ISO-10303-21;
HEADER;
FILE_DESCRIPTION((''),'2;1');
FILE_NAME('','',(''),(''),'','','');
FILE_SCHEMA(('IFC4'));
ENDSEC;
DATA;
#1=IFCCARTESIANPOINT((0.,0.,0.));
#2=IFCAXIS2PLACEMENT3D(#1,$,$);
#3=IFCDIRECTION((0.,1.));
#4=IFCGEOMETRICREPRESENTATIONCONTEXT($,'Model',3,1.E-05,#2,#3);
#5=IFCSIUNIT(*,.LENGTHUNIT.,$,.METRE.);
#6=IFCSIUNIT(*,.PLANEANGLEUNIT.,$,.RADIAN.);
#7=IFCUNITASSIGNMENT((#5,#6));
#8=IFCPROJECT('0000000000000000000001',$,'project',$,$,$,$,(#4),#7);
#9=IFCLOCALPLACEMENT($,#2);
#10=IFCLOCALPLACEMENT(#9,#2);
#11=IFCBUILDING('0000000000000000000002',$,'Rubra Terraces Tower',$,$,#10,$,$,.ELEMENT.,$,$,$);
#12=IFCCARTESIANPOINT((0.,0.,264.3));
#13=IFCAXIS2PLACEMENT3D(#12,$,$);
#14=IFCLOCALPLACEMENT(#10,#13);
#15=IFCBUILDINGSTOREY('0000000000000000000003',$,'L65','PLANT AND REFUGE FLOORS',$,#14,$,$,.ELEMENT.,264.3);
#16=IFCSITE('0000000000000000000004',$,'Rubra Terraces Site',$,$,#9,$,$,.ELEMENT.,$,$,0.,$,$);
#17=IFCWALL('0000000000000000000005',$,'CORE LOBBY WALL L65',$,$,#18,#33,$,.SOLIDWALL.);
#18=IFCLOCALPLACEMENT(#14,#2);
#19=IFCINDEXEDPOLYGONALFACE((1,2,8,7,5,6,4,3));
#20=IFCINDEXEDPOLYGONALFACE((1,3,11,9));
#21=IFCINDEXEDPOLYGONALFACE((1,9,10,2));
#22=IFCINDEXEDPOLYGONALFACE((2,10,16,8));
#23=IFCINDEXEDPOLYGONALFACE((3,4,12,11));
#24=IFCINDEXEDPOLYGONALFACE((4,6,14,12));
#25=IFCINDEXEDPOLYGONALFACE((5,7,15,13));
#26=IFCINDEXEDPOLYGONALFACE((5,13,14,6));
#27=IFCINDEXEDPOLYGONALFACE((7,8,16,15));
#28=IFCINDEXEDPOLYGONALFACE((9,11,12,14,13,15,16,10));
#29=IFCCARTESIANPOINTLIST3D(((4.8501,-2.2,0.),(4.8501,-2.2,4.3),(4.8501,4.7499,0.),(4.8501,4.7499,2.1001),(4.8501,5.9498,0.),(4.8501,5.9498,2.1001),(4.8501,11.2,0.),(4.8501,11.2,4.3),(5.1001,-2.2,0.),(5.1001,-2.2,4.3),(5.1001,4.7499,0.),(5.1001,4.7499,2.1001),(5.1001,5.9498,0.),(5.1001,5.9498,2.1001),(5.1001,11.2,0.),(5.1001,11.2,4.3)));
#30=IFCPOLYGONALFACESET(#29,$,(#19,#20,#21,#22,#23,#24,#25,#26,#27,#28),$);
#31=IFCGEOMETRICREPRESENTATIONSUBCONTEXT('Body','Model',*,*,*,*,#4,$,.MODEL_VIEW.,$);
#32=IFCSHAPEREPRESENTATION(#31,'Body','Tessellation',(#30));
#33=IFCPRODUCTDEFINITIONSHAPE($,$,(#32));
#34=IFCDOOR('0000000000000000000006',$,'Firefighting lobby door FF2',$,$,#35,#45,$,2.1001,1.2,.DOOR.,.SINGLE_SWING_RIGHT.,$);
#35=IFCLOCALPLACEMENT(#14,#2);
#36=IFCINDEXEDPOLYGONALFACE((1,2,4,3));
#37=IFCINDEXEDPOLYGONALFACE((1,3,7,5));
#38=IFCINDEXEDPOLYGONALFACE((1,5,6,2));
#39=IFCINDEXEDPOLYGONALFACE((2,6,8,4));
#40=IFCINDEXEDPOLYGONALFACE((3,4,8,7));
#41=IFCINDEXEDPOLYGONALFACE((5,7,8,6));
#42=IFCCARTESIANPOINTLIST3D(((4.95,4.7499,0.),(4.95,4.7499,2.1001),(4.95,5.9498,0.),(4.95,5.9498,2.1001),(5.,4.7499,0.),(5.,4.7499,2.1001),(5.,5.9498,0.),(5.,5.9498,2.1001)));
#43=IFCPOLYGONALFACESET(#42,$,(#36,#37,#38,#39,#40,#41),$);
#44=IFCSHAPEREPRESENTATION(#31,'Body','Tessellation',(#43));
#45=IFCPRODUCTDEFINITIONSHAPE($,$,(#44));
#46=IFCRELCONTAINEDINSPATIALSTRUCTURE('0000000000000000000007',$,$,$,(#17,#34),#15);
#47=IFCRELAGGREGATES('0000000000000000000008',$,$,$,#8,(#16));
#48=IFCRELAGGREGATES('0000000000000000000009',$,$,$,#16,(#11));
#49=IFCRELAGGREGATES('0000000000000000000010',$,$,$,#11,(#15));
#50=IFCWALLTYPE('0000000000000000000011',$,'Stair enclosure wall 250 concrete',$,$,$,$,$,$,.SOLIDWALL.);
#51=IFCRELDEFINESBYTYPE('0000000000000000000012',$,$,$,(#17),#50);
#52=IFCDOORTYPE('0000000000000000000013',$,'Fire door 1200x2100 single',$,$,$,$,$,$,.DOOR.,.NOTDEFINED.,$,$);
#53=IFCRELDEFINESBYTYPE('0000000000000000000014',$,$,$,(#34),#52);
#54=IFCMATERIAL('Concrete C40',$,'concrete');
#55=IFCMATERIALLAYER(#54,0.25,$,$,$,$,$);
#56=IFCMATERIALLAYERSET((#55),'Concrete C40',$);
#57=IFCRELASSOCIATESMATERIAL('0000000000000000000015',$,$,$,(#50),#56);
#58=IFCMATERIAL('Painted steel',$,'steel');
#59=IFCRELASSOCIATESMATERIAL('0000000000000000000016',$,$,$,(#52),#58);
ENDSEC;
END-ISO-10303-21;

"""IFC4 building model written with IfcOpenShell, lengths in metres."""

from ifc_helpers import new_model, si_unit, direction, frame, frame_2d, origin, place, context, subcontext, project, spatial, rectangle, extrude, material, layer, layer_set, type_object, element, fill, save


model = new_model("IFC4")

# Units and contexts
model_context = context("Model", 3, precision=1e-05, world=origin(), true_north=direction((0.0, 1.0)))
body_context = subcontext(model_context, "Body", "Model", "MODEL_VIEW")
ifc_project = project(units=[si_unit("LENGTHUNIT", "METRE"), si_unit("PLANEANGLEUNIT", "RADIAN")], contexts=[model_context])

# Site, building, storey
site_placement = place(None, origin())
site = spatial("IfcSite", under=ifc_project, at=site_placement, Name="Rubra Terraces Site", CompositionType="ELEMENT", RefElevation=0.0)
building_placement = place(site_placement, origin())
building = spatial("IfcBuilding", under=site, at=building_placement, Name="Rubra Terraces Tower", CompositionType="ELEMENT")
storey_placement = place(building_placement, frame((0.0, 0.0, 264.3)))
storey = spatial("IfcBuildingStorey", under=building, at=storey_placement, Name="L65", Description="PLANT AND REFUGE FLOORS", CompositionType="ELEMENT", Elevation=264.3)

# Wall, opening, door
ifc_material_1 = material(Name="Concrete C40", Category="concrete")
ifc_layer_1 = layer(ifc_material_1, 0.25)
ifc_layer_set_1 = layer_set([ifc_layer_1], Name="Concrete C40")
wall_type_1 = type_object("IfcWallType", Name="Stair enclosure wall 250 concrete", PredefinedType="SOLIDWALL", material=ifc_layer_set_1)
wall_1_placement = place(storey_placement, frame((4.9751, 11.2, 0.0), z_axis=(0.0, 0.0, 1.0), x_axis=(0.0, -1.0, 0.0)))
wall_1 = element("IfcWall", 1, at=wall_1_placement, inside=storey, type_object=wall_type_1, Name="CORE LOBBY WALL L65", PredefinedType="SOLIDWALL", context=body_context, shape_type="SweptSolid", body=[
    extrude(rectangle(XDim=13.3999, YDim=0.25, at=frame_2d((6.7, 0.0))), origin(), (0.0, 0.0, 1.0), 4.3),
])
opening_1_placement = place(wall_1_placement, frame((5.25, 0.0, 0.0)))
opening_1 = element("IfcOpeningElement", 2, at=opening_1_placement, cuts=wall_1, PredefinedType="OPENING", context=body_context, shape_type="SweptSolid", body=[
    extrude(rectangle(XDim=1.2, YDim=2.1001, at=frame_2d((0.6001, 1.05))), frame((0.0, 0.135, 0.0), z_axis=(0.0, -1.0, 0.0), x_axis=(1.0, 0.0, 0.0)), (0.0, 0.0, 1.0), 0.27),
])
ifc_material_2 = material(Name="Painted steel", Category="steel")
door_type = type_object("IfcDoorType", Name="Fire door 1200x2100 single", OperationType="NOTDEFINED", PredefinedType="DOOR", material=ifc_material_2)
door_placement = place(opening_1_placement, origin())
door = element("IfcDoor", 3, at=door_placement, inside=storey, type_object=door_type, Name="Firefighting lobby door FF2", OperationType="SINGLE_SWING_RIGHT", OverallHeight=2.1001, OverallWidth=1.2, PredefinedType="DOOR", context=body_context, shape_type="SweptSolid", body=[
    extrude(rectangle(XDim=1.2, YDim=2.1001, at=frame_2d((0.6001, 1.05))), frame((0.0, 0.0249, 0.0), z_axis=(0.0, -1.0, 0.0), x_axis=(1.0, 0.0, 0.0)), (0.0, 0.0, 1.0), 0.05),
])
fill(opening_1, door)

save(model, "model.ifc")
